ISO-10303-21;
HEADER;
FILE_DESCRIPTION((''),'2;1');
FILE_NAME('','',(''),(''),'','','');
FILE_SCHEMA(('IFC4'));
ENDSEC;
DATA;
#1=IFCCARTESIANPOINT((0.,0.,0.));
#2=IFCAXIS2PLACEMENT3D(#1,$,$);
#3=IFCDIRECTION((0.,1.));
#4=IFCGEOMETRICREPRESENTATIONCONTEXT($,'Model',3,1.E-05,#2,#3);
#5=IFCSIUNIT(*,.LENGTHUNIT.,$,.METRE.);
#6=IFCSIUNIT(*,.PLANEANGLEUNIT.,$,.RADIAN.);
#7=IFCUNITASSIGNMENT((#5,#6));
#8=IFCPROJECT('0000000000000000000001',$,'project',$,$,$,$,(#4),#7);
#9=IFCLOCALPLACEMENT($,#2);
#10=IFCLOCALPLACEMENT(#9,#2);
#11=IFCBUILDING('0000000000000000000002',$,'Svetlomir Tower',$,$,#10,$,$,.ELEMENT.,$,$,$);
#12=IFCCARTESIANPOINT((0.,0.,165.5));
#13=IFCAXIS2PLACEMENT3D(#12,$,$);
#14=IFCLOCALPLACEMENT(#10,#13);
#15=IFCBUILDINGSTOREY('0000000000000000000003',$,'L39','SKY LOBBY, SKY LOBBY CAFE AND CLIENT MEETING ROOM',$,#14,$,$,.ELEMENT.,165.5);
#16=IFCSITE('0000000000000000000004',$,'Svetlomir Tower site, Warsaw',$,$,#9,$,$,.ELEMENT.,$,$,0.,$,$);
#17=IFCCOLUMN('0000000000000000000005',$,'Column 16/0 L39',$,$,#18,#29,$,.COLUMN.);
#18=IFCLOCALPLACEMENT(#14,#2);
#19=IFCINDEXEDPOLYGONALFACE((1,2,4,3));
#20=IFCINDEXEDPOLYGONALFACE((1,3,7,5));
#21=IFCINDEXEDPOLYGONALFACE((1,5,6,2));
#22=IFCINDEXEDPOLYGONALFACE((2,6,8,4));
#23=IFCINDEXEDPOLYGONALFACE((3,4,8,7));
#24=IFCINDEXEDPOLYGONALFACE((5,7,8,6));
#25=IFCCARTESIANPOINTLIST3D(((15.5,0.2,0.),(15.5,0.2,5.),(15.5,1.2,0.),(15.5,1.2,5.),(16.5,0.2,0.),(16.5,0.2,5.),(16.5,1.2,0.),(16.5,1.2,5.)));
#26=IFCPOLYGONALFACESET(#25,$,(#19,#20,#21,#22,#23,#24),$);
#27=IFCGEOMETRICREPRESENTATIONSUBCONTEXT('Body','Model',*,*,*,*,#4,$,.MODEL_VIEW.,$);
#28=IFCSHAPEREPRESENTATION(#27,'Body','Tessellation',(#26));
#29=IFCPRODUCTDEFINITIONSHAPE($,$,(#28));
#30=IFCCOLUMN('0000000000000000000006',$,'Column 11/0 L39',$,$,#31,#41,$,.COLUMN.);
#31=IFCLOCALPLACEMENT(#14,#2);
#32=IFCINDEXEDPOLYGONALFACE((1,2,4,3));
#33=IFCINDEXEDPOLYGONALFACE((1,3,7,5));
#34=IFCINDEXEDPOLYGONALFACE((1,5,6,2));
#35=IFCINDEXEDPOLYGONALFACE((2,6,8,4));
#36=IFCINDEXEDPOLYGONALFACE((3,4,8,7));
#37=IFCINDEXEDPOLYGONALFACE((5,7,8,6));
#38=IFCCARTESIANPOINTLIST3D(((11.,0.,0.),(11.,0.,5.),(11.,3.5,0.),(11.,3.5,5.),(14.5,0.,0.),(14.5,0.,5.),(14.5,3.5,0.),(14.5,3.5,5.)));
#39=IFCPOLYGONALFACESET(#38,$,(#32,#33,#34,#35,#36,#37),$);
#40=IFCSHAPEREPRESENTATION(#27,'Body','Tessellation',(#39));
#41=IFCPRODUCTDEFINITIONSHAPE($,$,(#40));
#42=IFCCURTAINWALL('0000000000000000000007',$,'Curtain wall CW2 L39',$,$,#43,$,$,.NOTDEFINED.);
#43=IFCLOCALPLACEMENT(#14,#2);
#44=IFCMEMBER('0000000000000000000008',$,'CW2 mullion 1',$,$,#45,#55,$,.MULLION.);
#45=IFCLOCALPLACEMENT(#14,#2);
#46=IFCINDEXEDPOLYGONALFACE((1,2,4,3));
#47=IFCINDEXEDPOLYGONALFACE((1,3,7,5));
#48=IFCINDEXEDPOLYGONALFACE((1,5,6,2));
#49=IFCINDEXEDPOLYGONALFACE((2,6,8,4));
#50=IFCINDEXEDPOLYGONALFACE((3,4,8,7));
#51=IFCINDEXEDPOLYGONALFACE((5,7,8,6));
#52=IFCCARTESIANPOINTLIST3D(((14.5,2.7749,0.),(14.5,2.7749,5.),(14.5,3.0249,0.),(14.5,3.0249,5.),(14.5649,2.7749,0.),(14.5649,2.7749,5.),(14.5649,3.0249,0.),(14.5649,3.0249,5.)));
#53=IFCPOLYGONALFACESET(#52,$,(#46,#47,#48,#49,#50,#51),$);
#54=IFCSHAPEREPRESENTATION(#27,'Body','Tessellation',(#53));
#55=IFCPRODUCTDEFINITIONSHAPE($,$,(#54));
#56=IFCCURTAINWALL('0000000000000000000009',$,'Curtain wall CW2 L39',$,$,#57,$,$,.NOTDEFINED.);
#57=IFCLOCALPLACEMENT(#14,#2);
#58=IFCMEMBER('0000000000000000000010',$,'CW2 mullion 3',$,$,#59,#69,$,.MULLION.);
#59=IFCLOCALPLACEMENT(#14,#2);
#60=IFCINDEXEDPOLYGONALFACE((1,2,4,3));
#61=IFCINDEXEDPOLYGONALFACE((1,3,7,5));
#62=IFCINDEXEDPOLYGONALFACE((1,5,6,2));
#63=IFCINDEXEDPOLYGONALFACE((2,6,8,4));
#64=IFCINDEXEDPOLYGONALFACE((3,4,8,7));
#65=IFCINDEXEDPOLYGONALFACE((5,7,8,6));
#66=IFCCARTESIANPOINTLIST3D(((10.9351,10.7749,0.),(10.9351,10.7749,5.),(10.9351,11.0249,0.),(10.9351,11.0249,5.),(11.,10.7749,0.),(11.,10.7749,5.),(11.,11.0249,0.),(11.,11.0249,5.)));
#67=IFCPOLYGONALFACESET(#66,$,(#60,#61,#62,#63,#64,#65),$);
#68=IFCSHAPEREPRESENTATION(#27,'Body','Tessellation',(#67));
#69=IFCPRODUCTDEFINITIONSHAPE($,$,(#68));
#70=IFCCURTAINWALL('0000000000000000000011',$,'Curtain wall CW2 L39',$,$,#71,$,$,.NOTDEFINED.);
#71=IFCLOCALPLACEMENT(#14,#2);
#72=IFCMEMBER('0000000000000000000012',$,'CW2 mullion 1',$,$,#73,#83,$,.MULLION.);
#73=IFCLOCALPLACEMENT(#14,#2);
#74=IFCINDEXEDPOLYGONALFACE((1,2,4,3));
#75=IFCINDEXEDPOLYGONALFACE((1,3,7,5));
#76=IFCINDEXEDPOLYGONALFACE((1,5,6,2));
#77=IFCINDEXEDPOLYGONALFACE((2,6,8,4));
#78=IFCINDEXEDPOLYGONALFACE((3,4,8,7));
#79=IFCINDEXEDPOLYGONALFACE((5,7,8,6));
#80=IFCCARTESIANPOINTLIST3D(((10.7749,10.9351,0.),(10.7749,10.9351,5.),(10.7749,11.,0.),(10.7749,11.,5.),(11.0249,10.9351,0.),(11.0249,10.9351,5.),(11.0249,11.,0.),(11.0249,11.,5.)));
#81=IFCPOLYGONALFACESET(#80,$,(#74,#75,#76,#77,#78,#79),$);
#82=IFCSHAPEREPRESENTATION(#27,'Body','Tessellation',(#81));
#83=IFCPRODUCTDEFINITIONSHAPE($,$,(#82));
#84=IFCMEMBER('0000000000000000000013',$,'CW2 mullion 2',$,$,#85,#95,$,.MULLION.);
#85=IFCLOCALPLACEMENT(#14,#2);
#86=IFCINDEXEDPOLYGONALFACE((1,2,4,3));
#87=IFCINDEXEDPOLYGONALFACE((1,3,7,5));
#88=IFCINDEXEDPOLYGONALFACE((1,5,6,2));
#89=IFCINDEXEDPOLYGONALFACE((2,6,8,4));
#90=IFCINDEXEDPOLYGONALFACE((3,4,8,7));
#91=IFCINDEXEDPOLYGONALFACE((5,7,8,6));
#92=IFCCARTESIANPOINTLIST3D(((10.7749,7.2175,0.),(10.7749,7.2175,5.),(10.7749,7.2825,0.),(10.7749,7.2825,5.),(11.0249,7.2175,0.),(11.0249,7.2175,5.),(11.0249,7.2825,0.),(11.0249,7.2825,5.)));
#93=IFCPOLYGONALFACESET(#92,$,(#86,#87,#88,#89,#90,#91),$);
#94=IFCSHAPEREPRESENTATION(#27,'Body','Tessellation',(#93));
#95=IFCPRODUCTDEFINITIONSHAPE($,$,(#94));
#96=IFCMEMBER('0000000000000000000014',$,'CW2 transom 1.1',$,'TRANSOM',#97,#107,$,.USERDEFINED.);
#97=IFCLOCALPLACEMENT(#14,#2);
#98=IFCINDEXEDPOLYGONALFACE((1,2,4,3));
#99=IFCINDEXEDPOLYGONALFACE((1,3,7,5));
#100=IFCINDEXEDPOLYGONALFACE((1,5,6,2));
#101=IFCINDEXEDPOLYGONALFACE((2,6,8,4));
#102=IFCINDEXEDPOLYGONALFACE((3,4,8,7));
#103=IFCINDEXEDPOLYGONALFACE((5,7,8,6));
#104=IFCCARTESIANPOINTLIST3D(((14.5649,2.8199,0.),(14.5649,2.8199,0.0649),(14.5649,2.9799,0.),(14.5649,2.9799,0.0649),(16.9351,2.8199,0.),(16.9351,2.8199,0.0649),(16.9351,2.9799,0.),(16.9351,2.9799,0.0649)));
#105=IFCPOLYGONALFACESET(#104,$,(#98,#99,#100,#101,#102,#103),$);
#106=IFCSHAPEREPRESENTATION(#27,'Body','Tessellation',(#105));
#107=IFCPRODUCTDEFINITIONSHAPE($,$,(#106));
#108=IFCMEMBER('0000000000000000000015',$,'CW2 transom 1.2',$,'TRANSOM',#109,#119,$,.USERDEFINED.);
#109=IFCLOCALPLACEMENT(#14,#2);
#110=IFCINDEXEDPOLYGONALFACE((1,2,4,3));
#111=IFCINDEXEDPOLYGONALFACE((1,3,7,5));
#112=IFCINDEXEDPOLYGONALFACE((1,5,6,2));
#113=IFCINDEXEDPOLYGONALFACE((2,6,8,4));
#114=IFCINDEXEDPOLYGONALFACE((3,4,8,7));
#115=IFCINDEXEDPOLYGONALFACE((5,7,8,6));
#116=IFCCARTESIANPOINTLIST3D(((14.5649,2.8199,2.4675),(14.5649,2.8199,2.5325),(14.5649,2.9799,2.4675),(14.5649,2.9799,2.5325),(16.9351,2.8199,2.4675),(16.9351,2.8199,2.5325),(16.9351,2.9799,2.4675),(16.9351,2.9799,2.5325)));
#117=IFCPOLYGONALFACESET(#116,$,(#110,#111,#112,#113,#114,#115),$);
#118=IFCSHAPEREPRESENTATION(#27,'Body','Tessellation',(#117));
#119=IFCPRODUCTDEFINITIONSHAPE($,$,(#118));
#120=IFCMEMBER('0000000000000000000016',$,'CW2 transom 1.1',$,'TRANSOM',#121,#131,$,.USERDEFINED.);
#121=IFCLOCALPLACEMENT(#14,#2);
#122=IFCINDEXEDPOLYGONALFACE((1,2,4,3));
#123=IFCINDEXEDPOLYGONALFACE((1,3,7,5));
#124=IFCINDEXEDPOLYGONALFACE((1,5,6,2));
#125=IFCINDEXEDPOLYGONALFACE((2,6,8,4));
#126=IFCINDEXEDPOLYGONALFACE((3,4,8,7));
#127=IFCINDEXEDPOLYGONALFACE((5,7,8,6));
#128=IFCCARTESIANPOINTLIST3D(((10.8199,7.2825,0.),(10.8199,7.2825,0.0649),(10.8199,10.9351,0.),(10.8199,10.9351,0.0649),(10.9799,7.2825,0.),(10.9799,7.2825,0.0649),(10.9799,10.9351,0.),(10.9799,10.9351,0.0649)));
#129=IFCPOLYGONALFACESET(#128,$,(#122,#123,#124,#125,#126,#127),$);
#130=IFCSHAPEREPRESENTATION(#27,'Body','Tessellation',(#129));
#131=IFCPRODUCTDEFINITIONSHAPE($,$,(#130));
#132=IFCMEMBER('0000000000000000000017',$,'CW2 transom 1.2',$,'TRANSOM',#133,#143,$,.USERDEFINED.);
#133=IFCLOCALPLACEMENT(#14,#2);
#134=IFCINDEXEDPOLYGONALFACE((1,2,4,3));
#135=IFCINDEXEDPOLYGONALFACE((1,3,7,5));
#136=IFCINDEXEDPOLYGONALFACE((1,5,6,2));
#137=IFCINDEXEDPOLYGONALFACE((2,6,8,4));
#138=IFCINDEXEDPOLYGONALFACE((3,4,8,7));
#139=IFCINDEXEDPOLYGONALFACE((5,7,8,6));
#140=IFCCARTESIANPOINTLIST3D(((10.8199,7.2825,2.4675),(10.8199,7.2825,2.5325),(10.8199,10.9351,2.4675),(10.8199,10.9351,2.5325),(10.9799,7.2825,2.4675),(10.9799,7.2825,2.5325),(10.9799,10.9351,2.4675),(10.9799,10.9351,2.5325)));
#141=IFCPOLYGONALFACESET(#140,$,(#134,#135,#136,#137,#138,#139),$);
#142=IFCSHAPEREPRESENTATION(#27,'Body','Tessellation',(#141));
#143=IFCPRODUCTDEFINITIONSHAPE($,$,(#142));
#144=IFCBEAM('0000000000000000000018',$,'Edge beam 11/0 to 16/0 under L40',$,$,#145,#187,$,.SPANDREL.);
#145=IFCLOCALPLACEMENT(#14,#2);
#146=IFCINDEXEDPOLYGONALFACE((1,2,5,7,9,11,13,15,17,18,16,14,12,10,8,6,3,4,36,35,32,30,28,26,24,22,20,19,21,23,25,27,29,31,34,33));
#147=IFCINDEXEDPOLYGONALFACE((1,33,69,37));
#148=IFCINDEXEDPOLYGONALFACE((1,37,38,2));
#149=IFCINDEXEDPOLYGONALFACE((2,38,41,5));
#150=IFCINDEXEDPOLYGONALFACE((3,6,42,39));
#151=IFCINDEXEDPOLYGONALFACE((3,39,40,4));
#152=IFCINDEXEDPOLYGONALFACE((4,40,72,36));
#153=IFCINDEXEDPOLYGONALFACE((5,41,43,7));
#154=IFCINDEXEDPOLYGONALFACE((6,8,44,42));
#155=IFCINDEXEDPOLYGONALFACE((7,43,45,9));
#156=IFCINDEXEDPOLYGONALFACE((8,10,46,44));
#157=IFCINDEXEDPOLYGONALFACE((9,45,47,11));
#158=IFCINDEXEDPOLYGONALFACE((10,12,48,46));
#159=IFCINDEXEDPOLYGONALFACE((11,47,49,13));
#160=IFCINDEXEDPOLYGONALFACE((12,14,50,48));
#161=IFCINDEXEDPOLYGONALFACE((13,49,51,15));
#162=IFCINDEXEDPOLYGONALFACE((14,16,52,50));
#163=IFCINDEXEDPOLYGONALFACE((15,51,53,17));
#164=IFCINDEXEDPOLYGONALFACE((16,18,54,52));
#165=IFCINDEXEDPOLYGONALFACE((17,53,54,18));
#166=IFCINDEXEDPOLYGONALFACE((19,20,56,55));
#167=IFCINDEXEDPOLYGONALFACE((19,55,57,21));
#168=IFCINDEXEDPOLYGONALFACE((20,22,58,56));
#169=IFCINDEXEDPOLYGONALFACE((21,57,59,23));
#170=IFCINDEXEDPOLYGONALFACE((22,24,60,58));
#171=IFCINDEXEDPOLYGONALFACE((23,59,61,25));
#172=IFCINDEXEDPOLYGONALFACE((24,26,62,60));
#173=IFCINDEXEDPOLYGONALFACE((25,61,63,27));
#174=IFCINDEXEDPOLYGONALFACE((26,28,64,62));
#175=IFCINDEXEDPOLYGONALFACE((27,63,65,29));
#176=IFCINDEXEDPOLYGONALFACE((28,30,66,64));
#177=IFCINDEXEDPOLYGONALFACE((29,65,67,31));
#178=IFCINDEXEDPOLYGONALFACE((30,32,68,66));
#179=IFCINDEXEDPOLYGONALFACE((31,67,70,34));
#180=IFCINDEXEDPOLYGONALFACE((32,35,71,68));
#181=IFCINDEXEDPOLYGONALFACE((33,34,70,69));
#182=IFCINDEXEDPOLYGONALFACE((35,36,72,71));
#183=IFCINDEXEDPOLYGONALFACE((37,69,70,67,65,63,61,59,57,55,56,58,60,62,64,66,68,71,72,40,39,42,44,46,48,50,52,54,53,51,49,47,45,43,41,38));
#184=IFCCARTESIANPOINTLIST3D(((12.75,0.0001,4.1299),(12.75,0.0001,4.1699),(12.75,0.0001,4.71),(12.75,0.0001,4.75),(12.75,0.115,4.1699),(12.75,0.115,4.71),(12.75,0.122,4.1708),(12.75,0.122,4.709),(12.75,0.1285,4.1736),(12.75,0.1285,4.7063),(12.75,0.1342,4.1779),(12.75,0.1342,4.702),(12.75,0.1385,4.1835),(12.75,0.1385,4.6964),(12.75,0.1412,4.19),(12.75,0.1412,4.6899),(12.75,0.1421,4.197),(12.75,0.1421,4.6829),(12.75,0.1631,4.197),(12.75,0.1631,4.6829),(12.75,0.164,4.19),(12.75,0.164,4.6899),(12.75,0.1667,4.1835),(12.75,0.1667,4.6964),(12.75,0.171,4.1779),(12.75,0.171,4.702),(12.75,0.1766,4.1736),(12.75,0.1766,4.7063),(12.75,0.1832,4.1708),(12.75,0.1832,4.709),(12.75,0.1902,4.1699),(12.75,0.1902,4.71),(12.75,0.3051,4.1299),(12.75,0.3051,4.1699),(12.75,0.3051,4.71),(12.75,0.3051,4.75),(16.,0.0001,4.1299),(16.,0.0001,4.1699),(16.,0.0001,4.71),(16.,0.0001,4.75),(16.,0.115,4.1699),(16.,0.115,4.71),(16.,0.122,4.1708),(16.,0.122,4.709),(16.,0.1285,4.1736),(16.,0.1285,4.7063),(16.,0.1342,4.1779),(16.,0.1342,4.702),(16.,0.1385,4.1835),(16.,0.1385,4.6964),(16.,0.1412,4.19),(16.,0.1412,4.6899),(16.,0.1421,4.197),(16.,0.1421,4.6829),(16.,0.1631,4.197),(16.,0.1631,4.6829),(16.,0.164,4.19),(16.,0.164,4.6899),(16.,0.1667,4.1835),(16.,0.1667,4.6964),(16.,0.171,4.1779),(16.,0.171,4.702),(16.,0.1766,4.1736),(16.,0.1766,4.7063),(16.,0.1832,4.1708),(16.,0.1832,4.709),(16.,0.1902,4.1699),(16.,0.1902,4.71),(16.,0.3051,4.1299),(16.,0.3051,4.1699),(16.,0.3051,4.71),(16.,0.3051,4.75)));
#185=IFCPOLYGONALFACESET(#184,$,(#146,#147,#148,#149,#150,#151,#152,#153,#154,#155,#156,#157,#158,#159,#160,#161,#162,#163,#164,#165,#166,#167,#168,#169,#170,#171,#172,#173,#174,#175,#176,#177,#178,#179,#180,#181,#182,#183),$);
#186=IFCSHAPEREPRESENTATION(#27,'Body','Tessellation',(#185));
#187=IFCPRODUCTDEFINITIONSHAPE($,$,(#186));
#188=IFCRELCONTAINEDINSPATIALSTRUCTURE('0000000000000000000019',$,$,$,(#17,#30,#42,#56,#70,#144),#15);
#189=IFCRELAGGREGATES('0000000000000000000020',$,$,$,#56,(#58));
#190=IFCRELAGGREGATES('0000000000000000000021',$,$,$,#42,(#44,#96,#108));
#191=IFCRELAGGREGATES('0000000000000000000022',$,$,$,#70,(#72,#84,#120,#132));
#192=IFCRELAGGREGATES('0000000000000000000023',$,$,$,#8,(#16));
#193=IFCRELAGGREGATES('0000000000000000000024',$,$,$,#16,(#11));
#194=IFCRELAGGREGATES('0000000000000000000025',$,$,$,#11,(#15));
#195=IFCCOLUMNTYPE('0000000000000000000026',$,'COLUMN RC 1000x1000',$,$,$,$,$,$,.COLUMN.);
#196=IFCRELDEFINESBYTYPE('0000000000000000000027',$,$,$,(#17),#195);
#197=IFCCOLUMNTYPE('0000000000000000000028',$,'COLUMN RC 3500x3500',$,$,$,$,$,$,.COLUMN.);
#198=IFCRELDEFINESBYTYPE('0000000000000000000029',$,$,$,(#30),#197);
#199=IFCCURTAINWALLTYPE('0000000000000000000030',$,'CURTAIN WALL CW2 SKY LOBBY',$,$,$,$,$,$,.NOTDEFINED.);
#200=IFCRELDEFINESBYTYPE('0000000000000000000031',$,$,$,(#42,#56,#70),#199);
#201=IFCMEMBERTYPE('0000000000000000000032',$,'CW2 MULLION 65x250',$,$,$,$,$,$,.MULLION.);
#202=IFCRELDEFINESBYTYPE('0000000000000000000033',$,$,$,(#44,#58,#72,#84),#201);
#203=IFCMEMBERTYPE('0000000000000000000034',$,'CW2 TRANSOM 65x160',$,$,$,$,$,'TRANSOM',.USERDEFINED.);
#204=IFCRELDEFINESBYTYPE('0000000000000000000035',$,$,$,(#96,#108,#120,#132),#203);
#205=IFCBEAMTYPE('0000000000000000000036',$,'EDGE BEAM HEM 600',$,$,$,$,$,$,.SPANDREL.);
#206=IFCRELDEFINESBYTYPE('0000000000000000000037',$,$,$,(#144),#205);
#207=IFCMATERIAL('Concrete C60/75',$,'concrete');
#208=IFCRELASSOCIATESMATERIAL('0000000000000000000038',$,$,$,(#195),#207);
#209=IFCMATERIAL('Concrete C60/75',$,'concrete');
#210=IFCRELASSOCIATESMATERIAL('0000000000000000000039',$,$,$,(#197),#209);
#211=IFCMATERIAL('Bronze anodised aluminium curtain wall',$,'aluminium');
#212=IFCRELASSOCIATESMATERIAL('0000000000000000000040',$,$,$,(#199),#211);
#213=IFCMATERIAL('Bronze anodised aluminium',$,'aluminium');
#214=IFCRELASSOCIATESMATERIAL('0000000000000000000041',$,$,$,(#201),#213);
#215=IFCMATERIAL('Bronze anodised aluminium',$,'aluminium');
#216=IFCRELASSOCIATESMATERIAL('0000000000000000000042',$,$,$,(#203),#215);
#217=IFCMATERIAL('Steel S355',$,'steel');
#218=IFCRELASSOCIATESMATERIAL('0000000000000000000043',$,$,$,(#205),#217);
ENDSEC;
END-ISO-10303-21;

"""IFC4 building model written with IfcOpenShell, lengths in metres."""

from ifc_helpers import new_model, si_unit, direction, frame, origin, origin_2d, place, context, subcontext, project, spatial, rectangle, i_section, extrude, material, material_profile, profile_set, type_object, element, aggregate, save


model = new_model("IFC4")

# Units and contexts
model_context = context("Model", 3, precision=1e-05, world=origin(), true_north=direction((0.0, 1.0)))
body_context = subcontext(model_context, "Body", "Model", "MODEL_VIEW")
ifc_project = project(units=[si_unit("LENGTHUNIT", "METRE"), si_unit("PLANEANGLEUNIT", "RADIAN")], contexts=[model_context])

# Site, building, storey
site_placement = place(None, origin())
site = spatial("IfcSite", under=ifc_project, at=site_placement, Name="Svetlomir Tower site, Warsaw", CompositionType="ELEMENT", RefElevation=0.0)
building_placement = place(site_placement, origin())
building = spatial("IfcBuilding", under=site, at=building_placement, Name="Svetlomir Tower", CompositionType="ELEMENT")
storey_placement = place(building_placement, frame((0.0, 0.0, 165.5)))
storey = spatial("IfcBuildingStorey", under=building, at=storey_placement, Name="L39", Description="SKY LOBBY, SKY LOBBY CAFE AND CLIENT MEETING ROOM", CompositionType="ELEMENT", Elevation=165.5)

# Columns
ifc_material_1 = material(Name="Concrete C60/75", Category="concrete")
ifc_material_profile_1 = material_profile(ifc_material_1, rectangle(XDim=1.0, YDim=1.0, at=origin_2d()), Name="RC 1000x1000")
ifc_profile_set_1 = profile_set([ifc_material_profile_1], Name="Concrete C60/75")
column_type_1 = type_object("IfcColumnType", Name="COLUMN RC 1000x1000", PredefinedType="COLUMN", material=ifc_profile_set_1)
column_1_placement = place(storey_placement, frame((16.0, 0.7, 0.0), z_axis=(0.0, 0.0, 1.0), x_axis=(1.0, 0.0, 0.0)))
element("IfcColumn", 1, at=column_1_placement, inside=storey, type_object=column_type_1, Name="Column 16/0 L39", PredefinedType="COLUMN", context=body_context, shape_type="SweptSolid", body=[
    extrude(rectangle(XDim=1.0, YDim=1.0, at=origin_2d()), origin(), (0.0, 0.0, 1.0), 5.0),
])
ifc_material_2 = material(Name="Concrete C60/75", Category="concrete")
ifc_material_profile_2 = material_profile(ifc_material_2, rectangle(XDim=3.5, YDim=3.5, at=origin_2d()), Name="RC 3500x3500")
ifc_profile_set_2 = profile_set([ifc_material_profile_2], Name="Concrete C60/75")
column_type_2 = type_object("IfcColumnType", Name="COLUMN RC 3500x3500", PredefinedType="COLUMN", material=ifc_profile_set_2)
column_2_placement = place(storey_placement, frame((12.75, 1.75, 0.0), z_axis=(0.0, 0.0, 1.0), x_axis=(1.0, 0.0, 0.0)))
element("IfcColumn", 2, at=column_2_placement, inside=storey, type_object=column_type_2, Name="Column 11/0 L39", PredefinedType="COLUMN", context=body_context, shape_type="SweptSolid", body=[
    extrude(rectangle(XDim=3.5, YDim=3.5, at=origin_2d()), origin(), (0.0, 0.0, 1.0), 5.0),
])

# Curtain walls, members
ifc_material_3 = material(Name="Bronze anodised aluminium curtain wall", Category="aluminium")
curtain_wall_type = type_object("IfcCurtainWallType", Name="CURTAIN WALL CW2 SKY LOBBY", PredefinedType="NOTDEFINED", material=ifc_material_3)
curtain_wall_1_placement = place(storey_placement, origin())
curtain_wall_1 = element("IfcCurtainWall", 3, at=curtain_wall_1_placement, inside=storey, type_object=curtain_wall_type, Name="Curtain wall CW2 L39", PredefinedType="NOTDEFINED")
ifc_material_4 = material(Name="Bronze anodised aluminium", Category="aluminium")
ifc_material_profile_3 = material_profile(ifc_material_4, rectangle(XDim=0.0649, YDim=0.25, at=origin_2d()), Name="AL 65x250")
ifc_profile_set_3 = profile_set([ifc_material_profile_3], Name="Bronze anodised aluminium 6063-T6")
member_type_1 = type_object("IfcMemberType", Name="CW2 MULLION 65x250", PredefinedType="MULLION", material=ifc_profile_set_3)
member_1_placement = place(storey_placement, frame((14.5325, 2.8999, 0.0), z_axis=(0.0, 0.0, 1.0), x_axis=(1.0, 0.0, 0.0)))
member_1 = element("IfcMember", 4, at=member_1_placement, type_object=member_type_1, Name="CW2 mullion 1", PredefinedType="MULLION", context=body_context, shape_type="SweptSolid", body=[
    extrude(rectangle(XDim=0.0649, YDim=0.25, at=origin_2d()), origin(), (0.0, 0.0, 1.0), 5.0),
])
curtain_wall_2_placement = place(storey_placement, origin())
curtain_wall_2 = element("IfcCurtainWall", 5, at=curtain_wall_2_placement, inside=storey, type_object=curtain_wall_type, Name="Curtain wall CW2 L39", PredefinedType="NOTDEFINED")
member_2_placement = place(storey_placement, frame((10.9675, 10.8999, 0.0), z_axis=(0.0, 0.0, 1.0), x_axis=(1.0, 0.0, 0.0)))
member_2 = element("IfcMember", 6, at=member_2_placement, type_object=member_type_1, Name="CW2 mullion 3", PredefinedType="MULLION", context=body_context, shape_type="SweptSolid", body=[
    extrude(rectangle(XDim=0.0649, YDim=0.25, at=origin_2d()), origin(), (0.0, 0.0, 1.0), 5.0),
])
aggregate(curtain_wall_2, [member_2])

# Curtain wall, members
curtain_wall_3_placement = place(storey_placement, origin())
curtain_wall_3 = element("IfcCurtainWall", 7, at=curtain_wall_3_placement, inside=storey, type_object=curtain_wall_type, Name="Curtain wall CW2 L39", PredefinedType="NOTDEFINED")
member_3_placement = place(storey_placement, frame((10.8999, 10.9675, 0.0), z_axis=(0.0, 0.0, 1.0), x_axis=(0.0, -1.0, 0.0)))
member_3 = element("IfcMember", 8, at=member_3_placement, type_object=member_type_1, Name="CW2 mullion 1", PredefinedType="MULLION", context=body_context, shape_type="SweptSolid", body=[
    extrude(rectangle(XDim=0.0649, YDim=0.25, at=origin_2d()), origin(), (0.0, 0.0, 1.0), 5.0),
])
member_4_placement = place(storey_placement, frame((10.8999, 7.25, 0.0), z_axis=(0.0, 0.0, 1.0), x_axis=(0.0, -1.0, 0.0)))
member_4 = element("IfcMember", 9, at=member_4_placement, type_object=member_type_1, Name="CW2 mullion 2", PredefinedType="MULLION", context=body_context, shape_type="SweptSolid", body=[
    extrude(rectangle(XDim=0.0649, YDim=0.25, at=origin_2d()), origin(), (0.0, 0.0, 1.0), 5.0),
])

# Members
ifc_material_5 = material(Name="Bronze anodised aluminium", Category="aluminium")
ifc_material_profile_4 = material_profile(ifc_material_5, rectangle(XDim=0.1599, YDim=0.0649, at=origin_2d()), Name="AL 160x65")
ifc_profile_set_4 = profile_set([ifc_material_profile_4], Name="Bronze anodised aluminium 6063-T6")
member_type_2 = type_object("IfcMemberType", Name="CW2 TRANSOM 65x160", ElementType="TRANSOM", PredefinedType="USERDEFINED", material=ifc_profile_set_4)
member_5_placement = place(storey_placement, frame((14.5649, 2.8999, 0.0325), z_axis=(1.0, 0.0, 0.0), x_axis=(0.0, 1.0, 0.0)))
member_5 = element("IfcMember", 10, at=member_5_placement, type_object=member_type_2, Name="CW2 transom 1.1", ObjectType="TRANSOM", PredefinedType="USERDEFINED", context=body_context, shape_type="SweptSolid", body=[
    extrude(rectangle(XDim=0.1599, YDim=0.0649, at=origin_2d()), origin(), (0.0, 0.0, 1.0), 2.3701),
])
member_6_placement = place(storey_placement, frame((14.5649, 2.8999, 2.5), z_axis=(1.0, 0.0, 0.0), x_axis=(0.0, 1.0, 0.0)))
member_6 = element("IfcMember", 11, at=member_6_placement, type_object=member_type_2, Name="CW2 transom 1.2", ObjectType="TRANSOM", PredefinedType="USERDEFINED", context=body_context, shape_type="SweptSolid", body=[
    extrude(rectangle(XDim=0.1599, YDim=0.0649, at=origin_2d()), origin(), (0.0, 0.0, 1.0), 2.3701),
])
member_7_placement = place(storey_placement, frame((10.8999, 10.9351, 0.0325), z_axis=(0.0, -1.0, 0.0), x_axis=(1.0, 0.0, 0.0)))
member_7 = element("IfcMember", 12, at=member_7_placement, type_object=member_type_2, Name="CW2 transom 1.1", ObjectType="TRANSOM", PredefinedType="USERDEFINED", context=body_context, shape_type="SweptSolid", body=[
    extrude(rectangle(XDim=0.1599, YDim=0.0649, at=origin_2d()), origin(), (0.0, 0.0, 1.0), 3.6526),
])
member_8_placement = place(storey_placement, frame((10.8999, 10.9351, 2.5), z_axis=(0.0, -1.0, 0.0), x_axis=(1.0, 0.0, 0.0)))
member_8 = element("IfcMember", 13, at=member_8_placement, type_object=member_type_2, Name="CW2 transom 1.2", ObjectType="TRANSOM", PredefinedType="USERDEFINED", context=body_context, shape_type="SweptSolid", body=[
    extrude(rectangle(XDim=0.1599, YDim=0.0649, at=origin_2d()), origin(), (0.0, 0.0, 1.0), 3.6526),
])

# Beam
ifc_material_6 = material(Name="Steel S355", Category="steel")
ifc_material_profile_5 = material_profile(ifc_material_6, i_section(OverallWidth=0.3049, OverallDepth=0.6201, WebThickness=0.021, FlangeThickness=0.04, FilletRadius=0.0271, at=origin_2d()), Name="HEM 600")
ifc_profile_set_5 = profile_set([ifc_material_profile_5], Name="Steel S355")
beam_type_1 = type_object("IfcBeamType", Name="EDGE BEAM HEM 600", PredefinedType="SPANDREL", material=ifc_profile_set_5)
beam_1_placement = place(storey_placement, frame((12.75, 0.1526, 4.4399), z_axis=(1.0, 0.0, 0.0), x_axis=(0.0, 1.0, 0.0)))
element("IfcBeam", 14, at=beam_1_placement, inside=storey, type_object=beam_type_1, Name="Edge beam 11/0 to 16/0 under L40", PredefinedType="SPANDREL", context=body_context, shape_type="SweptSolid", body=[
    extrude(i_section(OverallWidth=0.3049, OverallDepth=0.6201, WebThickness=0.021, FlangeThickness=0.04, FilletRadius=0.0271, at=origin_2d()), origin(), (0.0, 0.0, 1.0), 3.25),
])

aggregate(curtain_wall_1, [member_1, member_5, member_6])
aggregate(curtain_wall_3, [member_3, member_4, member_7, member_8])

save(model, "model.ifc")
